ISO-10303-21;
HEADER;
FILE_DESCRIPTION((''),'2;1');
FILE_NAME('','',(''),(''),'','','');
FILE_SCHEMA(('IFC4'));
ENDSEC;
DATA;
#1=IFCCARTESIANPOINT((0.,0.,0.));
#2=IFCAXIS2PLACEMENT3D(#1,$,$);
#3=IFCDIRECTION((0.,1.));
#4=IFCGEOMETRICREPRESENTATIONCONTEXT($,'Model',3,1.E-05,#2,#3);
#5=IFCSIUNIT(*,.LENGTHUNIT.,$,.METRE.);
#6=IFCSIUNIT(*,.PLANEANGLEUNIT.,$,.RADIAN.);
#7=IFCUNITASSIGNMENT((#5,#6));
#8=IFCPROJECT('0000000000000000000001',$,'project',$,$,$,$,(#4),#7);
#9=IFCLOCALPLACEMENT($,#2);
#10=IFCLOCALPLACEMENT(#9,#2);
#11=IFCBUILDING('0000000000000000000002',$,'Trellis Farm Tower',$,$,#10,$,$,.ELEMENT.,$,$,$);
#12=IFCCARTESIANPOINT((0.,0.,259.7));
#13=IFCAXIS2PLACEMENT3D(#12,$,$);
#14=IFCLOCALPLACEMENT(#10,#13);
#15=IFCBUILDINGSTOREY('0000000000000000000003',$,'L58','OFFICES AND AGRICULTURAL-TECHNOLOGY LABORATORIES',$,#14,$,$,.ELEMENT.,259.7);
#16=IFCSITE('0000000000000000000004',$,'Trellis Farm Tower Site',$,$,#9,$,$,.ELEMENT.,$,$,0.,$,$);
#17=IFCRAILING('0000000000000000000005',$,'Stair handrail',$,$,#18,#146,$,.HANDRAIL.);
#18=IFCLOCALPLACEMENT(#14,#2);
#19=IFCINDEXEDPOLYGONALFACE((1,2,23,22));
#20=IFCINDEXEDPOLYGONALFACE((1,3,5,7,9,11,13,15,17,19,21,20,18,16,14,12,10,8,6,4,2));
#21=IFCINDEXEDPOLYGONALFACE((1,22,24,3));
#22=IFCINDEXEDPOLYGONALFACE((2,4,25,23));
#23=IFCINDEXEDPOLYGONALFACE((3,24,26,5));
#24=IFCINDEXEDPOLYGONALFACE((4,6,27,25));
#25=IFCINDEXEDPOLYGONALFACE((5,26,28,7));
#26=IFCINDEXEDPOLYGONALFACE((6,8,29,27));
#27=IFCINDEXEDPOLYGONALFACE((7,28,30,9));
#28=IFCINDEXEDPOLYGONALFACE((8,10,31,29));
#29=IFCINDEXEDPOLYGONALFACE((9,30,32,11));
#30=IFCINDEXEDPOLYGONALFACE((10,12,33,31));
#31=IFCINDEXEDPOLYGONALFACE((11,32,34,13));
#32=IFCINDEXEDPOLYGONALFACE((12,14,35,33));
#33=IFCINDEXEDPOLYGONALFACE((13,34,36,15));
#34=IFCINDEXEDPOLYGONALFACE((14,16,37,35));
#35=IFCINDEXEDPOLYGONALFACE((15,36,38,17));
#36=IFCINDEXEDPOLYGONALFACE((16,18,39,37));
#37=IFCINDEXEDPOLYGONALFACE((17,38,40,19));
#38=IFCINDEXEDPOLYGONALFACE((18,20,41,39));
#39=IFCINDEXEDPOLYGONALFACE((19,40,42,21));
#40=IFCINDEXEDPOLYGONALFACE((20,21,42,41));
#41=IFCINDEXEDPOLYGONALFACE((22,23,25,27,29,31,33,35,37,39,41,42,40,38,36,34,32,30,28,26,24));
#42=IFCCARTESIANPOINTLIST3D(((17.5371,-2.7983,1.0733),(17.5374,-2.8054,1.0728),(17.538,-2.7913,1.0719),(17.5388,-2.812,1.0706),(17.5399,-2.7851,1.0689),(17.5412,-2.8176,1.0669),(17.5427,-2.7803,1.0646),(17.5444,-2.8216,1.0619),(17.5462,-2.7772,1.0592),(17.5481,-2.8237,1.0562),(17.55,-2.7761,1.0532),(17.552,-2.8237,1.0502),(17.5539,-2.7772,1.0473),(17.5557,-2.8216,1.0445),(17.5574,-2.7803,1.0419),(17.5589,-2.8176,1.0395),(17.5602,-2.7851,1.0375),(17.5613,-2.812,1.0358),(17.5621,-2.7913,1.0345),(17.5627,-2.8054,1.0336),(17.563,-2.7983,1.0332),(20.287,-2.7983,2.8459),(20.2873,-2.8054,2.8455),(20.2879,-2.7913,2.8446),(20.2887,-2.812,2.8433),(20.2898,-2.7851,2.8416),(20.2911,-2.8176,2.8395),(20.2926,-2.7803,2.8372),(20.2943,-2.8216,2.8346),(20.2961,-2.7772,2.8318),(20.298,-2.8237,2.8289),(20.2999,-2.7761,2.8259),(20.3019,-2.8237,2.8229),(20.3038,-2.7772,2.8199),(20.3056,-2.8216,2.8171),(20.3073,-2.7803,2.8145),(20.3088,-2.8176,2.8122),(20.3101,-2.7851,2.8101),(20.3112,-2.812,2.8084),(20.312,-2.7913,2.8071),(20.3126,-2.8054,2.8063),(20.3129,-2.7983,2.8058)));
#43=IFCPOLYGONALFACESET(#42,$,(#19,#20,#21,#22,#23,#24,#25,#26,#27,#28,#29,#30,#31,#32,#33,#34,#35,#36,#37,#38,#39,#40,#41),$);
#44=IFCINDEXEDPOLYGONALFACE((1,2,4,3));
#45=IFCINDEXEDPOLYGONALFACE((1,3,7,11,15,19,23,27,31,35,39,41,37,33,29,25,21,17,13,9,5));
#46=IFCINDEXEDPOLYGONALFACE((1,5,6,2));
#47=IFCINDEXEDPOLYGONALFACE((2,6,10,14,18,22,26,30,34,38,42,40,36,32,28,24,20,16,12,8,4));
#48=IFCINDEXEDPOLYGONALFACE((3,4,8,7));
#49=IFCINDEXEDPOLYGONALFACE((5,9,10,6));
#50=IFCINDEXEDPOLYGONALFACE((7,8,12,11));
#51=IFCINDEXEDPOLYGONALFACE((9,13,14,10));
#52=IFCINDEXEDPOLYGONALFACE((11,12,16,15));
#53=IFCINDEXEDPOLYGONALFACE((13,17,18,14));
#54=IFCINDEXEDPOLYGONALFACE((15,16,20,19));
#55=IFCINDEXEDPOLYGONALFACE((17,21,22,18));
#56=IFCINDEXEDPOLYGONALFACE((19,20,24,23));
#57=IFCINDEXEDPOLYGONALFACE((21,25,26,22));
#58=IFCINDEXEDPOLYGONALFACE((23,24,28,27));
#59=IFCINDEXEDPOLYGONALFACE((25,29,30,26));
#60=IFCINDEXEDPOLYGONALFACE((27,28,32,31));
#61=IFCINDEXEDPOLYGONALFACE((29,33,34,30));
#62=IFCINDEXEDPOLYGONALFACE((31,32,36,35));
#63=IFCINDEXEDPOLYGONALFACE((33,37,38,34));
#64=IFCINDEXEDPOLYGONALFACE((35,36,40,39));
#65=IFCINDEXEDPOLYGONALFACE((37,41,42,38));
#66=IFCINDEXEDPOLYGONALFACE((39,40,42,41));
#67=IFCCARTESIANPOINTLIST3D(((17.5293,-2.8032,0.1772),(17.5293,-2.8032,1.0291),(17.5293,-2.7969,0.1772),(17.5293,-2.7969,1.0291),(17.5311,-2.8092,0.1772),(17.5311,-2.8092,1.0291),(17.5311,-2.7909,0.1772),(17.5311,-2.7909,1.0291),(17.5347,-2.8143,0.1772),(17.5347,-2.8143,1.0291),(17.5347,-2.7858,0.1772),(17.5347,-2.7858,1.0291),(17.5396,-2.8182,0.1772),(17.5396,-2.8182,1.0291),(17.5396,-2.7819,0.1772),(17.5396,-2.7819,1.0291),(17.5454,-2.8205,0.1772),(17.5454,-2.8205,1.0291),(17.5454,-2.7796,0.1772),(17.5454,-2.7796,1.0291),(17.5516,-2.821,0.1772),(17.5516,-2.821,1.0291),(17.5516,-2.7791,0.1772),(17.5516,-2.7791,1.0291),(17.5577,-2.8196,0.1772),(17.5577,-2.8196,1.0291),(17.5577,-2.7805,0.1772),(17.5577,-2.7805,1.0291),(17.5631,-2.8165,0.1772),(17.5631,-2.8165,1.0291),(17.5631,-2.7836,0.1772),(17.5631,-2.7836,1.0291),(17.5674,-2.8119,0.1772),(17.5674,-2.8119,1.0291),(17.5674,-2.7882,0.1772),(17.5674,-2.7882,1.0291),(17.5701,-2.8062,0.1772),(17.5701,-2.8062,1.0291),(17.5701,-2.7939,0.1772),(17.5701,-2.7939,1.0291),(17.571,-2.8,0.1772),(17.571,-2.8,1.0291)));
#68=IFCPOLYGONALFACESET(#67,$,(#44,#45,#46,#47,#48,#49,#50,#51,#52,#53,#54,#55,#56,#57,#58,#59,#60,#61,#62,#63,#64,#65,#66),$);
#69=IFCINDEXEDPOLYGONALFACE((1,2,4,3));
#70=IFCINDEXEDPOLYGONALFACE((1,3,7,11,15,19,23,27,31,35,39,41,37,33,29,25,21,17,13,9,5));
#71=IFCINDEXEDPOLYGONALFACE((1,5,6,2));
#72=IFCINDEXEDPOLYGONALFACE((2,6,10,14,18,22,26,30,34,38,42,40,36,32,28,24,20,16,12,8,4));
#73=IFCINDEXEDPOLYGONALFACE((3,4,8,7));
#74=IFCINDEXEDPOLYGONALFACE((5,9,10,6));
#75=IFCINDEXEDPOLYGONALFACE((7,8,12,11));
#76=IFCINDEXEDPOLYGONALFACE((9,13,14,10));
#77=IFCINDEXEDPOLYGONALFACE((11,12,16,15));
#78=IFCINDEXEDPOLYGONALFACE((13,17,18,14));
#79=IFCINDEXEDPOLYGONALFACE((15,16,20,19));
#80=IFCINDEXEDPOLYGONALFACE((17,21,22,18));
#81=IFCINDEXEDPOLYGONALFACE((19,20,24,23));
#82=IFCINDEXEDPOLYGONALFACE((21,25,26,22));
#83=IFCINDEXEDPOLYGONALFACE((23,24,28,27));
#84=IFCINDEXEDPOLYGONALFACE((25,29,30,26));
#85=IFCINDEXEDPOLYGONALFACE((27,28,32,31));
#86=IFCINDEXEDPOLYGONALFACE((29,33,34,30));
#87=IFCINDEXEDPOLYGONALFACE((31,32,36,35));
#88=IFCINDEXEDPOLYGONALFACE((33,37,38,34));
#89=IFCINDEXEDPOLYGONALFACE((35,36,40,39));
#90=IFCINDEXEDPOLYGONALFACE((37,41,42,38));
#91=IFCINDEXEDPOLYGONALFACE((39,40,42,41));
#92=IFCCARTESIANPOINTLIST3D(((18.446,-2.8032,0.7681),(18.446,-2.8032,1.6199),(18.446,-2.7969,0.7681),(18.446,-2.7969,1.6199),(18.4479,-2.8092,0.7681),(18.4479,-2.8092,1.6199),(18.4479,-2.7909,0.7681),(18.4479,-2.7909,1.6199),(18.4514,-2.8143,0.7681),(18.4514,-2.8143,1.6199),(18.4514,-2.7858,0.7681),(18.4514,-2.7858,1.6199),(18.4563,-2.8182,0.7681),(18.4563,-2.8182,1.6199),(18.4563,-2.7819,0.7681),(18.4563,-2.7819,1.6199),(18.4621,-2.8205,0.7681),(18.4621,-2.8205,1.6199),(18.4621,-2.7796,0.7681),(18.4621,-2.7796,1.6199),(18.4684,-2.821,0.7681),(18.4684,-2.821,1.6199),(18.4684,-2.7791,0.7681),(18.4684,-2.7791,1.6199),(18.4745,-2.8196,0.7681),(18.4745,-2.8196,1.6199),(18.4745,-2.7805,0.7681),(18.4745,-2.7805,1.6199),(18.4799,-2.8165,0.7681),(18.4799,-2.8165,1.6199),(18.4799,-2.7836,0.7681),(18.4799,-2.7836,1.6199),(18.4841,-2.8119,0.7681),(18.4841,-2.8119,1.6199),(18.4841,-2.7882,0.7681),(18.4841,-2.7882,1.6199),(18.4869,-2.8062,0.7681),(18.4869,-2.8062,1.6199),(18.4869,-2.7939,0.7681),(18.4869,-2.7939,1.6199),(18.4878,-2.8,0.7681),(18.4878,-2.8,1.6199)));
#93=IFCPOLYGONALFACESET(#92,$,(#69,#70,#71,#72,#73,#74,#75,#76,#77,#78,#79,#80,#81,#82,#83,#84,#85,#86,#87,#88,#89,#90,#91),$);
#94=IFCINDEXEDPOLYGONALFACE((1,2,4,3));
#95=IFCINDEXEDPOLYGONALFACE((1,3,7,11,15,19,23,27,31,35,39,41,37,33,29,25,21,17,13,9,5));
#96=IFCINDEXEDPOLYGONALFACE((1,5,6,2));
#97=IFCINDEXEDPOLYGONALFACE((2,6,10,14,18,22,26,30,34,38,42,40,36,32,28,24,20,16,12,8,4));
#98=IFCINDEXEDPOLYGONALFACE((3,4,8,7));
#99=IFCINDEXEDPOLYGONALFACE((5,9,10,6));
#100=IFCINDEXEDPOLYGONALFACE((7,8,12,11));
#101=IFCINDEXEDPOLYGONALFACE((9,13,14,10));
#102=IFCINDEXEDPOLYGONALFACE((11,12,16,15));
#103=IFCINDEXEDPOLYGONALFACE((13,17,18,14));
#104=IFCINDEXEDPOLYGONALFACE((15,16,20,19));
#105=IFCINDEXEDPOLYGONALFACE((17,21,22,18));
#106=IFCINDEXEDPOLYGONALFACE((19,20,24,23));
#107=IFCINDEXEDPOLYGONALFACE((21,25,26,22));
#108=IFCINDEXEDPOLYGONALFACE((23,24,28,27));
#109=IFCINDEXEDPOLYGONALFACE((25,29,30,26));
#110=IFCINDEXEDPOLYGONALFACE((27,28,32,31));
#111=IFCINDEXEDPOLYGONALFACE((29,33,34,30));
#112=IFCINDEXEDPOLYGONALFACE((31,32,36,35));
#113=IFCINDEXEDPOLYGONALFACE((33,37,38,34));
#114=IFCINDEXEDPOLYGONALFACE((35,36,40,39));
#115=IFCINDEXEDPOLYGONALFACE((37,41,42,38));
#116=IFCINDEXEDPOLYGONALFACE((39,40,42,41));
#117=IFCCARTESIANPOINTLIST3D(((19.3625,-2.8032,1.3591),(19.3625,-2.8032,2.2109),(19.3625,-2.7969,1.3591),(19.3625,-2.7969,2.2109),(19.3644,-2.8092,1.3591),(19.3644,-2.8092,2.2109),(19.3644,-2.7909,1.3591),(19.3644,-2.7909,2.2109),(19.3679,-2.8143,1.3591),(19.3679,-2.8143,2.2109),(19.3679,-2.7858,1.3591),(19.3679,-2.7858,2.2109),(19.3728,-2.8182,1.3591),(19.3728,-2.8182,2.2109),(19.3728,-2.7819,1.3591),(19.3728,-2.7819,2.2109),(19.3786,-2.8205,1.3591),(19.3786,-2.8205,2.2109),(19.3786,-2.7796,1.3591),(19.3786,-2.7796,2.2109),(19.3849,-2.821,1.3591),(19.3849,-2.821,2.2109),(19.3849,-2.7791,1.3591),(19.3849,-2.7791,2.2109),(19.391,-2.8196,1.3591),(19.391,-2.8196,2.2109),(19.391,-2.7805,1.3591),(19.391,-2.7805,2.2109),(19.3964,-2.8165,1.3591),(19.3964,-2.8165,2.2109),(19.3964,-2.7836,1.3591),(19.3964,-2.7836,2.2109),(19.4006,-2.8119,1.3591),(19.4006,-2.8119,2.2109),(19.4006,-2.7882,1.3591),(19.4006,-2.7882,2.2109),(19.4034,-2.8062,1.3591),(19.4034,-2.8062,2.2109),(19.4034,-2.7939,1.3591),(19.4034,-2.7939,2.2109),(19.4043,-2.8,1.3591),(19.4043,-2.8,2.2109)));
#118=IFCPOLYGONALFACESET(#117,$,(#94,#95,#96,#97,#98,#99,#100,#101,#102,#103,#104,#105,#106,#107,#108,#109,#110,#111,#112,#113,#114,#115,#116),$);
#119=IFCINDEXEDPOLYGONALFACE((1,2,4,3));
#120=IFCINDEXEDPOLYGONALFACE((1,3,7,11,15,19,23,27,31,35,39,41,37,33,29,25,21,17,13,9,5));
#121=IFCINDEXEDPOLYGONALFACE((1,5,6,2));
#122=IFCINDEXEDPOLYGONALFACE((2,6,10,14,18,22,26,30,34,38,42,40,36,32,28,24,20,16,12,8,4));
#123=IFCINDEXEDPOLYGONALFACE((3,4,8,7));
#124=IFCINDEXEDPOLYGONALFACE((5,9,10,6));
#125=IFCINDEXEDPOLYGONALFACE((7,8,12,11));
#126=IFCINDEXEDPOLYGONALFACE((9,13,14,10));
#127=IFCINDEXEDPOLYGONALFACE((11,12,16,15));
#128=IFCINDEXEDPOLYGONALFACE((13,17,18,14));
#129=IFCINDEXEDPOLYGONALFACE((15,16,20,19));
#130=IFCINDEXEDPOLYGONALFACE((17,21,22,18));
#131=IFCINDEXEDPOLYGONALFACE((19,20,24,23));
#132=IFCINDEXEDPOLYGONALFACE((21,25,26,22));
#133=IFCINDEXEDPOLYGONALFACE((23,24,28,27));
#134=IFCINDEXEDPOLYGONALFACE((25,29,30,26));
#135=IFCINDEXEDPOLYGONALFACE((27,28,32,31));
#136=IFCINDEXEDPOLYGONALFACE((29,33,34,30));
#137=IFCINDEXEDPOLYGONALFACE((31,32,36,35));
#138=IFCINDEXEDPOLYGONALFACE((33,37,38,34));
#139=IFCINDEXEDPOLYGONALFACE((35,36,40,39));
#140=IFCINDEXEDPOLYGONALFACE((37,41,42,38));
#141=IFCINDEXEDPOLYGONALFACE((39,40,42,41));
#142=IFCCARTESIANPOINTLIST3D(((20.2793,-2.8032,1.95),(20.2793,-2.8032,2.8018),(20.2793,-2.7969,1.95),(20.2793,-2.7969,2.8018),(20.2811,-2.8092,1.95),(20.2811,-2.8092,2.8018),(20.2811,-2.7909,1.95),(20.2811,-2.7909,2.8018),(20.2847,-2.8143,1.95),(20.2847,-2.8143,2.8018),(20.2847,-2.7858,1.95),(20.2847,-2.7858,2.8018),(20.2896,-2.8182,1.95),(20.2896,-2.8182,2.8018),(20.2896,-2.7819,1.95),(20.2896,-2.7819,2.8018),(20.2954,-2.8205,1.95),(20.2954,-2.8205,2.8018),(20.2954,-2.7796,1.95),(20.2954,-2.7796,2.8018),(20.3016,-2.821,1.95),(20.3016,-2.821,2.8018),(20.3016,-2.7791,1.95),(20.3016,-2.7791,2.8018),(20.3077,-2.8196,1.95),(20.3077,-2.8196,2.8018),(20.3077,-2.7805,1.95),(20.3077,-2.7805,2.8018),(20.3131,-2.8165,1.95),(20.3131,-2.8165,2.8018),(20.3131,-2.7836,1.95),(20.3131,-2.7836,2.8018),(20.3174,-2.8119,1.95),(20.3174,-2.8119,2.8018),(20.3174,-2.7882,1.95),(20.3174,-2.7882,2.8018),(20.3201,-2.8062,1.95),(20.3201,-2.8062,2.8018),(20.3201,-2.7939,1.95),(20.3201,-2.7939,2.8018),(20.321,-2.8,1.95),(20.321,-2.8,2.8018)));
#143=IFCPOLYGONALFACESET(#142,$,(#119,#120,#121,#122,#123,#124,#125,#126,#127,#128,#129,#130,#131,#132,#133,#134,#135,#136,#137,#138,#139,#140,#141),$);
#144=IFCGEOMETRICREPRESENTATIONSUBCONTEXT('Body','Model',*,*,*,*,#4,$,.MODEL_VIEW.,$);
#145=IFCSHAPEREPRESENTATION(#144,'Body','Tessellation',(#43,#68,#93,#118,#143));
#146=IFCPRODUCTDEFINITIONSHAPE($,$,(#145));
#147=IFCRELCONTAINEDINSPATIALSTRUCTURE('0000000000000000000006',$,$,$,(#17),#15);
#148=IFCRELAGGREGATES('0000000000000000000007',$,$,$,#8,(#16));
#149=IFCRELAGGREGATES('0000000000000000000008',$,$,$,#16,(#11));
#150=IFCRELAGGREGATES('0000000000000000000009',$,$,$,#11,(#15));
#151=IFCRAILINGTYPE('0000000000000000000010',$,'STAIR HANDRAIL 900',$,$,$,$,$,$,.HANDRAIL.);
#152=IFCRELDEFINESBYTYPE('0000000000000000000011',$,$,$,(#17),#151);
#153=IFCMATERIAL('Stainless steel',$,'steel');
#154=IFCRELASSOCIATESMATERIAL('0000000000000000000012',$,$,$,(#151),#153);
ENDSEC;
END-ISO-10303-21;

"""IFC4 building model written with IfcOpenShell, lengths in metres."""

from ifc_helpers import new_model, si_unit, direction, frame, origin, origin_2d, place, context, subcontext, project, spatial, circle, extrude, source, transform, mapped, material, type_object, element, save


model = new_model("IFC4")

# Units and contexts
model_context = context("Model", 3, precision=1e-05, world=origin(), true_north=direction((0.0, 1.0)))
body_context = subcontext(model_context, "Body", "Model", "MODEL_VIEW")
ifc_project = project(units=[si_unit("LENGTHUNIT", "METRE"), si_unit("PLANEANGLEUNIT", "RADIAN")], contexts=[model_context])

# Site, building, storey
site_placement = place(None, origin())
site = spatial("IfcSite", under=ifc_project, at=site_placement, Name="Trellis Farm Tower Site", CompositionType="ELEMENT", RefElevation=0.0)
building_placement = place(site_placement, origin())
building = spatial("IfcBuilding", under=site, at=building_placement, Name="Trellis Farm Tower", CompositionType="ELEMENT")
storey_placement = place(building_placement, frame((0.0, 0.0, 259.7)))
storey = spatial("IfcBuildingStorey", under=building, at=storey_placement, Name="L58", Description="OFFICES AND AGRICULTURAL-TECHNOLOGY LABORATORIES", CompositionType="ELEMENT", Elevation=259.7)

# Railing
ifc_material_1 = material(Name="Stainless steel", Category="steel")
railing_type = type_object("IfcRailingType", Name="STAIR HANDRAIL 900", PredefinedType="HANDRAIL", material=ifc_material_1)
shared_shape_1 = source(origin(), body_context, "Body", "SweptSolid", [
    extrude(circle(Radius=0.0239, at=origin_2d()), frame((0.0, 0.0, 0.876), z_axis=(0.840504, 0.0, 0.541806), x_axis=(0.0, 1.0, 0.0)), (0.0, 0.0, 1.0), 3.2717),
    extrude(circle(Radius=0.021, at=origin_2d()), origin(), (0.0, 0.0, 1.0), 0.8518),
    extrude(circle(Radius=0.021, at=origin_2d()), frame((0.9167, 0.0, 0.5908)), (0.0, 0.0, 1.0), 0.8518),
    extrude(circle(Radius=0.021, at=origin_2d()), frame((1.8333, 0.0, 1.1819)), (0.0, 0.0, 1.0), 0.8518),
    extrude(circle(Radius=0.021, at=origin_2d()), frame((2.75, 0.0, 1.7727)), (0.0, 0.0, 1.0), 0.8518),
])
for number, where, name in (
    (1, (17.55, -2.8, 0.1772), "Stair handrail"),
):
    element("IfcRailing", number, at=place(storey_placement, frame(where)), inside=storey, type_object=railing_type, Name=name, PredefinedType="HANDRAIL", context=body_context, shape_type="MappedRepresentation", body=[
        mapped(shared_shape_1, transform((0.0, 0.0, 0.0))),
    ])

save(model, "model.ifc")
